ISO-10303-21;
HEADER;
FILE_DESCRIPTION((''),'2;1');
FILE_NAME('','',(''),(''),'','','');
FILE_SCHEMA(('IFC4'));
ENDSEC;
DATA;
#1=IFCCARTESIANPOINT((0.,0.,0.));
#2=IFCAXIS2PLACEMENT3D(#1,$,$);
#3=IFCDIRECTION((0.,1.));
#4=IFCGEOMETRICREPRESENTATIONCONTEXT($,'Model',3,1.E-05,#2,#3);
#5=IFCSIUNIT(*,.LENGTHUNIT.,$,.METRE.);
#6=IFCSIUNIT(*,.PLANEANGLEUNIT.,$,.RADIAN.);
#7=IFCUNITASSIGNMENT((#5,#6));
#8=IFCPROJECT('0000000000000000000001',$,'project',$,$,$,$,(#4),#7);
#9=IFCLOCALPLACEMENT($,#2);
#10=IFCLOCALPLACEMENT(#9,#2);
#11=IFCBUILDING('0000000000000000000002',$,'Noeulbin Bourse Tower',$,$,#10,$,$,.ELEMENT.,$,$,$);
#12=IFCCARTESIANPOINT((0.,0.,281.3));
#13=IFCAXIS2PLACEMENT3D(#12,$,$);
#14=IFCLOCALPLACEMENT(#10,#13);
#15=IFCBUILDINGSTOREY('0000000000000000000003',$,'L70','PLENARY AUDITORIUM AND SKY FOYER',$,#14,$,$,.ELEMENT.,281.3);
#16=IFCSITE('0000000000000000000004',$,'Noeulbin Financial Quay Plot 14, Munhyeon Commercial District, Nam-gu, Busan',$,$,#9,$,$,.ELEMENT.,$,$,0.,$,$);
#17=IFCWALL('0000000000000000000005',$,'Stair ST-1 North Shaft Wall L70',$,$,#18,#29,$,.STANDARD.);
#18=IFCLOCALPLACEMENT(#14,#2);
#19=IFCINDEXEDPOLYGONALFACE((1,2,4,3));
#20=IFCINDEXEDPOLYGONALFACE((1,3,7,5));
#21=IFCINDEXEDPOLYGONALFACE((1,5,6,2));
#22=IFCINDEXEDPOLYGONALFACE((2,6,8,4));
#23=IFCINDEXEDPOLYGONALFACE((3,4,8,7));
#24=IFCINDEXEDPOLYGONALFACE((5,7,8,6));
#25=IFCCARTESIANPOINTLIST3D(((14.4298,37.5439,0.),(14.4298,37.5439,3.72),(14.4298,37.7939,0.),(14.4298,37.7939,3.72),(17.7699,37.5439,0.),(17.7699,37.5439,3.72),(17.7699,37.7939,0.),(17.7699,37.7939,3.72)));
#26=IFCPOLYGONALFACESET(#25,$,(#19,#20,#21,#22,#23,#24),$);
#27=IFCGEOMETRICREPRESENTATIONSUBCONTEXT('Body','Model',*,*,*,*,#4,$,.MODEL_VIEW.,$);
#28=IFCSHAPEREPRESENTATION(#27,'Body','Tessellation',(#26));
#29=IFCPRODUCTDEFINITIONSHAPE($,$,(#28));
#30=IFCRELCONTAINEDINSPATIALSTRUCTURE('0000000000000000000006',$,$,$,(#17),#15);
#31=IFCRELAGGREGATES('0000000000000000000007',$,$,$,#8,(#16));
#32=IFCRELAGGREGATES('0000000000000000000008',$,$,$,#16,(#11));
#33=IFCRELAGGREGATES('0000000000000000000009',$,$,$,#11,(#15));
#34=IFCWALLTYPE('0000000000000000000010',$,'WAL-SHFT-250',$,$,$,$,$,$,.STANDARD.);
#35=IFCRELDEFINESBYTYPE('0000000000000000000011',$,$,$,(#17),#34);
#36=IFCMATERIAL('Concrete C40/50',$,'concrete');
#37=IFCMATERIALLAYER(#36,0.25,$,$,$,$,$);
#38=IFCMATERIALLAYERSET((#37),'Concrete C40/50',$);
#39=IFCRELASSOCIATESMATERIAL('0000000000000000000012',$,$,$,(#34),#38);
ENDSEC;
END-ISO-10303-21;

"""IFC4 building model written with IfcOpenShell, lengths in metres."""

from ifc_helpers import new_model, si_unit, direction, frame, frame_2d, origin, place, context, subcontext, project, spatial, rectangle, extrude, material, layer, layer_set, type_object, element, save


model = new_model("IFC4")

# Units and contexts
model_context = context("Model", 3, precision=1e-05, world=origin(), true_north=direction((0.0, 1.0)))
body_context = subcontext(model_context, "Body", "Model", "MODEL_VIEW")
ifc_project = project(units=[si_unit("LENGTHUNIT", "METRE"), si_unit("PLANEANGLEUNIT", "RADIAN")], contexts=[model_context])

# Site, building, storey
site_placement = place(None, origin())
site = spatial("IfcSite", under=ifc_project, at=site_placement, Name="Noeulbin Financial Quay Plot 14, Munhyeon Commercial District, Nam-gu, Busan", CompositionType="ELEMENT", RefElevation=0.0)
building_placement = place(site_placement, origin())
building = spatial("IfcBuilding", under=site, at=building_placement, Name="Noeulbin Bourse Tower", CompositionType="ELEMENT")
storey_placement = place(building_placement, frame((0.0, 0.0, 281.3)))
storey = spatial("IfcBuildingStorey", under=building, at=storey_placement, Name="L70", Description="PLENARY AUDITORIUM AND SKY FOYER", CompositionType="ELEMENT", Elevation=281.3)

# Wall
ifc_material_1 = material(Name="Concrete C40/50", Category="concrete")
ifc_layer_1 = layer(ifc_material_1, 0.25)
ifc_layer_set_1 = layer_set([ifc_layer_1], Name="Concrete C40/50")
wall_type_1 = type_object("IfcWallType", Name="WAL-SHFT-250", PredefinedType="STANDARD", material=ifc_layer_set_1)
wall_1_placement = place(storey_placement, frame((14.4299, 37.6689, 0.0), z_axis=(0.0, 0.0, 1.0), x_axis=(1.0, 0.0, 0.0)))
element("IfcWall", 1, at=wall_1_placement, inside=storey, type_object=wall_type_1, Name="Stair ST-1 North Shaft Wall L70", PredefinedType="STANDARD", context=body_context, shape_type="SweptSolid", body=[
    extrude(rectangle(XDim=3.3401, YDim=0.25, at=frame_2d((1.6699, 0.0))), origin(), (0.0, 0.0, 1.0), 3.72),
])

save(model, "model.ifc")
